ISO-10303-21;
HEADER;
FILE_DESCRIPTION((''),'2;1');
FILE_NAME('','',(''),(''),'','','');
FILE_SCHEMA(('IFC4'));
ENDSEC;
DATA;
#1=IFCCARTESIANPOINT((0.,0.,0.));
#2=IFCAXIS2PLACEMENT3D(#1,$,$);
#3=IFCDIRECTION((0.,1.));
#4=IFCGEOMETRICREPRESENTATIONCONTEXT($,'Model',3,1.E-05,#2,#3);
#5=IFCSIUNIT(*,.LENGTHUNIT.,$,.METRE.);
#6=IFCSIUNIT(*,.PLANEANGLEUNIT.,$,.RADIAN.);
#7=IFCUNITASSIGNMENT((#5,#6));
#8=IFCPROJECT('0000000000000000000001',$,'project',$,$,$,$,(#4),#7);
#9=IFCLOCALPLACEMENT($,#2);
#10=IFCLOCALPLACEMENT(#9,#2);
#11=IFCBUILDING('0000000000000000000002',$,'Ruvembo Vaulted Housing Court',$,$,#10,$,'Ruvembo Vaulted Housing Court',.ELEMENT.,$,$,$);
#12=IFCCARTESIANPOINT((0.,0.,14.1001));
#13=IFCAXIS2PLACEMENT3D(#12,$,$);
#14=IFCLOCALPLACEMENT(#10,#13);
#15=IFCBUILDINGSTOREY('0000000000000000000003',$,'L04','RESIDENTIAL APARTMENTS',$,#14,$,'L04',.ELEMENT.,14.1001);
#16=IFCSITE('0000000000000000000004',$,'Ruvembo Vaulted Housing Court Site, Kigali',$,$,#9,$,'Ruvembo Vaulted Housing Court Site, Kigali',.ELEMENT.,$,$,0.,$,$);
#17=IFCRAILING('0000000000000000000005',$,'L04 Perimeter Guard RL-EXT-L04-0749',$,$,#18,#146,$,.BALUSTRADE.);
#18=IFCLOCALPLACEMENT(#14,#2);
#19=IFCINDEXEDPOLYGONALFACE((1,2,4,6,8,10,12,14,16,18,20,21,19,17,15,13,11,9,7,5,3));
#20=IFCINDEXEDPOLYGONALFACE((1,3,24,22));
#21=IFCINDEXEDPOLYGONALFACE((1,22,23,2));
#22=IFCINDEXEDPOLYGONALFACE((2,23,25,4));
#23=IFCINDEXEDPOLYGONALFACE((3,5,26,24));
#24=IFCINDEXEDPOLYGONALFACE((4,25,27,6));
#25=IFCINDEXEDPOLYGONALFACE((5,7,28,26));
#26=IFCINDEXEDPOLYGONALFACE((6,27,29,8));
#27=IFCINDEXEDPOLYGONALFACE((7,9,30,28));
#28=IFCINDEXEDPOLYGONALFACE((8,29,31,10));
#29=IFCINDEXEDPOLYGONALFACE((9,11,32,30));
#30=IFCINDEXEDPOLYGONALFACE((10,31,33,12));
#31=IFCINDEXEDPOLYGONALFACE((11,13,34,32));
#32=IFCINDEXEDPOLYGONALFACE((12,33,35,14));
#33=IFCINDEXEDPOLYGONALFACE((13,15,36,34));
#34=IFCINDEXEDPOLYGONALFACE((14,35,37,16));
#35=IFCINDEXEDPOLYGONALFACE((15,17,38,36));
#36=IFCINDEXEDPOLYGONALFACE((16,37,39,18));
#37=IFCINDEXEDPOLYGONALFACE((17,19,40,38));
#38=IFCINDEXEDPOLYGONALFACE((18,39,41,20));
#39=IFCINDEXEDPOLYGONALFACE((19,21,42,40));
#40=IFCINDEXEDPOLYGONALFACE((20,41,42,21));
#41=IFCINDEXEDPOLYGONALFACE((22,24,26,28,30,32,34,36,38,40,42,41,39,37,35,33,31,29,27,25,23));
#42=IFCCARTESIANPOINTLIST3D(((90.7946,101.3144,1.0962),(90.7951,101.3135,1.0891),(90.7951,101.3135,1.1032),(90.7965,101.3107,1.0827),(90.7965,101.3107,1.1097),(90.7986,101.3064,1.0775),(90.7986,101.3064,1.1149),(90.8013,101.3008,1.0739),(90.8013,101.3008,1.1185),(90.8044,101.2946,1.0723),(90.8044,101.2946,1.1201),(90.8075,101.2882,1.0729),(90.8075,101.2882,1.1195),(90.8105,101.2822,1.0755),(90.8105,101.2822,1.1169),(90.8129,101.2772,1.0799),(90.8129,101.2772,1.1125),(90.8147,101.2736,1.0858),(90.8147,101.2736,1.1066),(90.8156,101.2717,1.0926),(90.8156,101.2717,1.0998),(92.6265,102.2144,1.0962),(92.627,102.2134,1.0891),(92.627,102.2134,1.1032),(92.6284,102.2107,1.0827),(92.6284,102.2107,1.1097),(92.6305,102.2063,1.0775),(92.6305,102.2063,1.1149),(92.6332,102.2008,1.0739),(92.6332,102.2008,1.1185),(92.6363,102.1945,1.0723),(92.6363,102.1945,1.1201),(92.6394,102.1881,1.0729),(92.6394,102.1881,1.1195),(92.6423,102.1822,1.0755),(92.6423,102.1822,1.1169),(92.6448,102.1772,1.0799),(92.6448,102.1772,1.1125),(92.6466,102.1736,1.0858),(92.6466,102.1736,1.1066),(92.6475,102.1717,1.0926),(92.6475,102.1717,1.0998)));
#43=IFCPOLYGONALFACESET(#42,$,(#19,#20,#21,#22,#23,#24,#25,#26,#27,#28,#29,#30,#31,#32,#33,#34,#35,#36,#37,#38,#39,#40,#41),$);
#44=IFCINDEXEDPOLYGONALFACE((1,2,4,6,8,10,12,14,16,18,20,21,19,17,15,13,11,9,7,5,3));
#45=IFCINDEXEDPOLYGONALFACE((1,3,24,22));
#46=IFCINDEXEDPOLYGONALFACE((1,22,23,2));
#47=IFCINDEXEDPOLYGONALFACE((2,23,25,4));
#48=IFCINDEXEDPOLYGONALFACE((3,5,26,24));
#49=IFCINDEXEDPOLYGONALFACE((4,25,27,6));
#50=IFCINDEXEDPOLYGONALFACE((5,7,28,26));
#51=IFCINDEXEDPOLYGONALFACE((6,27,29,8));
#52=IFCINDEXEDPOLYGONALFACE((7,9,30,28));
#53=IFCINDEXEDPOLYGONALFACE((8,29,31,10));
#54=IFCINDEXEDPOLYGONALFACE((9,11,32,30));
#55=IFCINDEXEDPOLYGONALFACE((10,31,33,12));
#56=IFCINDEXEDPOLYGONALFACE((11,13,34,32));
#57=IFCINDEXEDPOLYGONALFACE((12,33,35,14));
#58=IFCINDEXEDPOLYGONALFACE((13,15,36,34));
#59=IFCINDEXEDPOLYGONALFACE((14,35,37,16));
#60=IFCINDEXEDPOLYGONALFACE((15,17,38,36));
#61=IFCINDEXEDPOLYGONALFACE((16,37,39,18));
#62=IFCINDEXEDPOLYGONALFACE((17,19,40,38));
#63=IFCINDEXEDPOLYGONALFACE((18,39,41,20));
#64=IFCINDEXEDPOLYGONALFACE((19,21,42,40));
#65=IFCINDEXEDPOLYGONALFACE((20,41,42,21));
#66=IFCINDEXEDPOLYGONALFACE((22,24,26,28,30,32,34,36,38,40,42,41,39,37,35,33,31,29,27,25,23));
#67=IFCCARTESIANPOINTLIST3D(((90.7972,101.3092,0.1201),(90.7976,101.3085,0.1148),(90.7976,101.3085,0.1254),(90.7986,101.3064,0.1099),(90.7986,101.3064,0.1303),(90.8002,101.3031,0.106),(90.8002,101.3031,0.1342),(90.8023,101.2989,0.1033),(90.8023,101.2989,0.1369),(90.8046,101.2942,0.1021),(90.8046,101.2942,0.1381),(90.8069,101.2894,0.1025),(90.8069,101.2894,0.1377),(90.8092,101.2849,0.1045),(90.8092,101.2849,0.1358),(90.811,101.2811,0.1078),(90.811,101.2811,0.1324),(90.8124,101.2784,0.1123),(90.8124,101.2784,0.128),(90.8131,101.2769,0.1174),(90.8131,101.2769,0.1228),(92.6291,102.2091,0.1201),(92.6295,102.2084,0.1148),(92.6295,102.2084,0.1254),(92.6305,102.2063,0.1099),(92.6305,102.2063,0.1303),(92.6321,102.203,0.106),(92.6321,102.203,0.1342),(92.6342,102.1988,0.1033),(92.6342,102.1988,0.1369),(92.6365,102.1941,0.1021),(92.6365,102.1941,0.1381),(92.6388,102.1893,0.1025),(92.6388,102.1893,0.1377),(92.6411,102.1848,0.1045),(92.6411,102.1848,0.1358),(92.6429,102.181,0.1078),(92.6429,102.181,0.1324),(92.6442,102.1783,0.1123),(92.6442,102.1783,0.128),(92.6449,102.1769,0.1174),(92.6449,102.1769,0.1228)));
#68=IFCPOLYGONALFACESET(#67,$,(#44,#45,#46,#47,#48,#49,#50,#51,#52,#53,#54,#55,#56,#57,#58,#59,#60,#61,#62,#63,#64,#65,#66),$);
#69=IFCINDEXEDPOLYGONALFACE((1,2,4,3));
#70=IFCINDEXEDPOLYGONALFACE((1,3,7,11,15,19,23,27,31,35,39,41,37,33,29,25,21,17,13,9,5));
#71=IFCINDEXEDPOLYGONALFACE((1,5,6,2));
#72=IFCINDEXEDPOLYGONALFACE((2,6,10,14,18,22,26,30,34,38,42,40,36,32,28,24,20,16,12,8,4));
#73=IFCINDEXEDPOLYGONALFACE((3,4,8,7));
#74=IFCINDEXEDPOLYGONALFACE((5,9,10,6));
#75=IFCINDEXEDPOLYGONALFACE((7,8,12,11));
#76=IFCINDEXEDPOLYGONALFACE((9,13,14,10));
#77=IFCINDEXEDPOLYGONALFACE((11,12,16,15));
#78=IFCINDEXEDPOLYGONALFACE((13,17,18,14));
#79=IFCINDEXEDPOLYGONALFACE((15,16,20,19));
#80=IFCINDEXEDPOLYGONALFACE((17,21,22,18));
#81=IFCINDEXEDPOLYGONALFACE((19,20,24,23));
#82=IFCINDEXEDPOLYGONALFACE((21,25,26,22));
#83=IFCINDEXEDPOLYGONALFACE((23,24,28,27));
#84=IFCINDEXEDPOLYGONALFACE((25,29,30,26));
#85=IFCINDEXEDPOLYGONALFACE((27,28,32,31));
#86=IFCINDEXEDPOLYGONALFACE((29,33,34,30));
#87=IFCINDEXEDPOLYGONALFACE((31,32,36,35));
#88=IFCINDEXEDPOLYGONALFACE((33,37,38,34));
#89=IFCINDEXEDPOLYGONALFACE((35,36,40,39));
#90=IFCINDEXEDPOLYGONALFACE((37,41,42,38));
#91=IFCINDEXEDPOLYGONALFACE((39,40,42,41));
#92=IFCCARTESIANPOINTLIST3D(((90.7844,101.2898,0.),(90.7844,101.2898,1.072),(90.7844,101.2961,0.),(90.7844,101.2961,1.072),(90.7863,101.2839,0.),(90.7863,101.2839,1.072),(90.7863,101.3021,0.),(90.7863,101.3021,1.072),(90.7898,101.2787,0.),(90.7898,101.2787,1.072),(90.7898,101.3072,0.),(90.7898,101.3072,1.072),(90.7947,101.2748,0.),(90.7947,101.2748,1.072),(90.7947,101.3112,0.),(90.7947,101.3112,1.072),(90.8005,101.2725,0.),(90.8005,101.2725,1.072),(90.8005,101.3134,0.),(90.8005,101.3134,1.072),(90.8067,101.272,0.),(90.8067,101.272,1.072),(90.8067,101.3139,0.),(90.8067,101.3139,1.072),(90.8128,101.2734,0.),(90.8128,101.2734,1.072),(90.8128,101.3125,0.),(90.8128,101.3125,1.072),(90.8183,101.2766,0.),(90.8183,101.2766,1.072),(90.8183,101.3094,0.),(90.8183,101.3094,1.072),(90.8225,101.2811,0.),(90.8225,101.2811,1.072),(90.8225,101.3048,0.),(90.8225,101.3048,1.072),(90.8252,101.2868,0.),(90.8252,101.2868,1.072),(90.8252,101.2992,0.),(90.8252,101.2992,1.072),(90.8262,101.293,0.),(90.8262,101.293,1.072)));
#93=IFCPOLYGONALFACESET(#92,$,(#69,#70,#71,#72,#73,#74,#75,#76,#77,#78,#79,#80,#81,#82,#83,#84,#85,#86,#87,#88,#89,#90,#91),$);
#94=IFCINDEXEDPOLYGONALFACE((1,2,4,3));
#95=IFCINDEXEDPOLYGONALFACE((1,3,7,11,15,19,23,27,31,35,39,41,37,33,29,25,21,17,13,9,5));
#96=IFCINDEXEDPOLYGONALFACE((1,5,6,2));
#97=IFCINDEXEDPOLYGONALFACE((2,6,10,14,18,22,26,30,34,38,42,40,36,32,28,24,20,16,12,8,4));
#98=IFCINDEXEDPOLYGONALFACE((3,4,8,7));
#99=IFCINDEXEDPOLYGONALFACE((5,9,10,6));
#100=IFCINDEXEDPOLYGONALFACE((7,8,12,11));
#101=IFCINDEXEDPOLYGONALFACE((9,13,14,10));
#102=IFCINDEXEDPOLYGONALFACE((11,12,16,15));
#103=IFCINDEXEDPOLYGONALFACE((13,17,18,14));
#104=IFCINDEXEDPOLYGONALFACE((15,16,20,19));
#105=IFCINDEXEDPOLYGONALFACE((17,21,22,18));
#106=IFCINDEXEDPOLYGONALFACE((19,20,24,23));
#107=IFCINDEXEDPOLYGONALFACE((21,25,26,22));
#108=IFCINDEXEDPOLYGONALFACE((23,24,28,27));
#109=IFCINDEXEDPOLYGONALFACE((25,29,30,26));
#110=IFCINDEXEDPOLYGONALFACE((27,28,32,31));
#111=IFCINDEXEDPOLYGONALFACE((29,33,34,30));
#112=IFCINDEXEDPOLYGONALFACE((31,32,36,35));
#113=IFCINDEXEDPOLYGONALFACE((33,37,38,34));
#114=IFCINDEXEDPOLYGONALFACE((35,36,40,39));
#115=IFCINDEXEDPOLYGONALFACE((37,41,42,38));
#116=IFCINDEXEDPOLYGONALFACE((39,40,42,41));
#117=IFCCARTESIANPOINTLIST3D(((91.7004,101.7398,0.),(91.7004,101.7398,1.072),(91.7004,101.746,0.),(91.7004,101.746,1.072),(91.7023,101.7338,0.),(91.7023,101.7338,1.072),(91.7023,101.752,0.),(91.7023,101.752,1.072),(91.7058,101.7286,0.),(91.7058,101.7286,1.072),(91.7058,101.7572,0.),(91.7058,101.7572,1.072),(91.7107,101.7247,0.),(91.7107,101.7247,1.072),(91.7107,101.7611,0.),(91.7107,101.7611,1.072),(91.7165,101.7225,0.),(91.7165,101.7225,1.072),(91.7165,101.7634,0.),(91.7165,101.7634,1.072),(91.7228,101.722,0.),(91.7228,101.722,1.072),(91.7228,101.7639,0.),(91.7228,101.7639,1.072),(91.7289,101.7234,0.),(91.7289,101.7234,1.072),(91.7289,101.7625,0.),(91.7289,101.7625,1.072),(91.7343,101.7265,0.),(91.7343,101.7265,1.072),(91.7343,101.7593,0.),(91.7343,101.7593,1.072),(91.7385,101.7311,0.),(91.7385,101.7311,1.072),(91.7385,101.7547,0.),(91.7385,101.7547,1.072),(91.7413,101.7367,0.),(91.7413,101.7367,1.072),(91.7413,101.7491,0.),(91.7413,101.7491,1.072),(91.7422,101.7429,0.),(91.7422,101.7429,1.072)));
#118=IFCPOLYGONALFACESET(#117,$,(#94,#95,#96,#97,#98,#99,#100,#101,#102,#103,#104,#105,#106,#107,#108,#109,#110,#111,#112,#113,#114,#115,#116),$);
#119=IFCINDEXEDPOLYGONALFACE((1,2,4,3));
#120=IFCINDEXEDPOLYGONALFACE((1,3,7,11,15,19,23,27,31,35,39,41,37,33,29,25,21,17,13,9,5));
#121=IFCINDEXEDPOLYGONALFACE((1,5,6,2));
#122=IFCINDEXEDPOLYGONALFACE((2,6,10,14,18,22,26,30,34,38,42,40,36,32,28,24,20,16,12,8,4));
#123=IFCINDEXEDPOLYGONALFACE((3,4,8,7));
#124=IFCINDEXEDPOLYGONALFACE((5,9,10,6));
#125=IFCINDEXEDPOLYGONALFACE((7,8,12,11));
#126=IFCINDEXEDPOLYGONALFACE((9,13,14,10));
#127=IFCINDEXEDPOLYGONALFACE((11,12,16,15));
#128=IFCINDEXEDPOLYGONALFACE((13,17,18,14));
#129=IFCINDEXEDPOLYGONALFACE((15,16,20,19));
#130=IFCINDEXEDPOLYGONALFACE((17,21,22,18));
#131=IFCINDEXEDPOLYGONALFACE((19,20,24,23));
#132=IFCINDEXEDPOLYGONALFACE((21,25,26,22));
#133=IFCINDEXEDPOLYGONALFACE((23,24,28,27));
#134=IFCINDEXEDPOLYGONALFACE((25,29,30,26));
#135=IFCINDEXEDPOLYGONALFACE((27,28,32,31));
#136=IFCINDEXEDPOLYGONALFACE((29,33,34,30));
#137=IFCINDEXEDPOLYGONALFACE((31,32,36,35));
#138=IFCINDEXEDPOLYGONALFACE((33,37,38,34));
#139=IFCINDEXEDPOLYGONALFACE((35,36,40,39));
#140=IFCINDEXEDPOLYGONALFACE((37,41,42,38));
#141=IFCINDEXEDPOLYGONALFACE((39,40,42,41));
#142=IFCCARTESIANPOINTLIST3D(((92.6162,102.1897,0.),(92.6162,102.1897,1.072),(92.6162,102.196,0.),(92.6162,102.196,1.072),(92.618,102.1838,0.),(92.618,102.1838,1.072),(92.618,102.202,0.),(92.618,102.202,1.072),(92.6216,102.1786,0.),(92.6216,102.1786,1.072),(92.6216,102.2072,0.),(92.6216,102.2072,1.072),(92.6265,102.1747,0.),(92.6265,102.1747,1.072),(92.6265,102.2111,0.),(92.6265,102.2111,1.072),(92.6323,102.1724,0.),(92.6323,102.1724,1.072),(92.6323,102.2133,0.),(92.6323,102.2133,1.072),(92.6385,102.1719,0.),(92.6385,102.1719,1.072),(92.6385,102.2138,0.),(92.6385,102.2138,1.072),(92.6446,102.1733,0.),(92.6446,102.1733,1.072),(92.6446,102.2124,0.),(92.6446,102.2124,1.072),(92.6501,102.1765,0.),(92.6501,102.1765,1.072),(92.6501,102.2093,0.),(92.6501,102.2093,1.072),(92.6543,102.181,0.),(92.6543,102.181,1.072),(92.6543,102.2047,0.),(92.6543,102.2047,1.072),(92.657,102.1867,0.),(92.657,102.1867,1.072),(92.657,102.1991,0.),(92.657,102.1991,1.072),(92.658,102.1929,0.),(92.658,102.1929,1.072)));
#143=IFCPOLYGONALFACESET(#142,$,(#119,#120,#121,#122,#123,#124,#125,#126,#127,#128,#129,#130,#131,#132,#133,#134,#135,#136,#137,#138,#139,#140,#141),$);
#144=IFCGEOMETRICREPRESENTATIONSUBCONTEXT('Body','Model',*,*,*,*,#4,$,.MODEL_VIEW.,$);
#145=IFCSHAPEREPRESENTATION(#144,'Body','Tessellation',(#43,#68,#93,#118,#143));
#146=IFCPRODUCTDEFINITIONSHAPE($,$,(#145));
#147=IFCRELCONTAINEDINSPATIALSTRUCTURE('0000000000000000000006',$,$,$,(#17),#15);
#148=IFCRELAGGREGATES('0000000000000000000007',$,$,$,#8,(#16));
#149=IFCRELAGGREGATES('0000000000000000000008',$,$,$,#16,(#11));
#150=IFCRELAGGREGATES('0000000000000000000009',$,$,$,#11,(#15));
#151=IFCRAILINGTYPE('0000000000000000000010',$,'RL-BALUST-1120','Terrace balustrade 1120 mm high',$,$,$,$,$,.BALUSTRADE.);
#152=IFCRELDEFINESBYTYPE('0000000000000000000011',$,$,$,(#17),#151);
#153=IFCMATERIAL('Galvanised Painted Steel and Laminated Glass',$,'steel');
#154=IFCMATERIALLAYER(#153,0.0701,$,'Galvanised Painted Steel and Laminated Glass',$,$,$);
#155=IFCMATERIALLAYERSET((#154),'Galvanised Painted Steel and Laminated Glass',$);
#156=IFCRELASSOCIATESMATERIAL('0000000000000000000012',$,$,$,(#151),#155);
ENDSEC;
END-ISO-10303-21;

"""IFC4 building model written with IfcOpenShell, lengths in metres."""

from ifc_helpers import new_model, si_unit, direction, frame, origin, origin_2d, place, context, subcontext, project, spatial, circle, extrude, material, layer, layer_set, type_object, element, save


model = new_model("IFC4")

# Units and contexts
model_context = context("Model", 3, precision=1e-05, world=origin(), true_north=direction((0.0, 1.0)))
body_context = subcontext(model_context, "Body", "Model", "MODEL_VIEW")
ifc_project = project(units=[si_unit("LENGTHUNIT", "METRE"), si_unit("PLANEANGLEUNIT", "RADIAN")], contexts=[model_context])

# Site, building, storey
site_placement = place(None, origin())
site = spatial("IfcSite", under=ifc_project, at=site_placement, Name="Ruvembo Vaulted Housing Court Site, Kigali", LongName="Ruvembo Vaulted Housing Court Site, Kigali", CompositionType="ELEMENT", RefElevation=0.0)
building_placement = place(site_placement, origin())
building = spatial("IfcBuilding", under=site, at=building_placement, Name="Ruvembo Vaulted Housing Court", LongName="Ruvembo Vaulted Housing Court", CompositionType="ELEMENT")
storey_placement = place(building_placement, frame((0.0, 0.0, 14.1001)))
storey = spatial("IfcBuildingStorey", under=building, at=storey_placement, Name="L04", Description="RESIDENTIAL APARTMENTS", LongName="L04", CompositionType="ELEMENT", Elevation=14.1001)

# Railing
ifc_material_1 = material(Name="Galvanised Painted Steel and Laminated Glass", Category="steel")
ifc_layer_1 = layer(ifc_material_1, 0.0701, Name="Galvanised Painted Steel and Laminated Glass")
ifc_layer_set_1 = layer_set([ifc_layer_1], Name="Galvanised Painted Steel and Laminated Glass")
railing_type = type_object("IfcRailingType", Name="RL-BALUST-1120", Description="Terrace balustrade 1120 mm high", PredefinedType="BALUSTRADE", material=ifc_layer_set_1)
railing_1_placement = place(storey_placement, frame((90.8052, 101.293, 0.0)))
element("IfcRailing", 1, at=railing_1_placement, inside=storey, type_object=railing_type, Name="L04 Perimeter Guard RL-EXT-L04-0749", PredefinedType="BALUSTRADE", context=body_context, shape_type="SweptSolid", body=[
    extrude(circle(Radius=0.0239, at=origin_2d()), frame((0.0, 0.0, 1.0962), z_axis=(0.897539, 0.440934, 0.0), x_axis=(-0.440934, 0.897539, 0.0)), (0.0, 0.0, 1.0), 2.041),
    extrude(circle(Radius=0.0181, at=origin_2d()), frame((0.0, 0.0, 0.1201), z_axis=(0.897539, 0.440934, 0.0), x_axis=(-0.440934, 0.897539, 0.0)), (0.0, 0.0, 1.0), 2.041),
    extrude(circle(Radius=0.021, at=origin_2d()), origin(), (0.0, 0.0, 1.0), 1.072),
    extrude(circle(Radius=0.021, at=origin_2d()), frame((0.916, 0.45, 0.0)), (0.0, 0.0, 1.0), 1.072),
    extrude(circle(Radius=0.021, at=origin_2d()), frame((1.8318, 0.8999, 0.0)), (0.0, 0.0, 1.0), 1.072),
])

save(model, "model.ifc")
